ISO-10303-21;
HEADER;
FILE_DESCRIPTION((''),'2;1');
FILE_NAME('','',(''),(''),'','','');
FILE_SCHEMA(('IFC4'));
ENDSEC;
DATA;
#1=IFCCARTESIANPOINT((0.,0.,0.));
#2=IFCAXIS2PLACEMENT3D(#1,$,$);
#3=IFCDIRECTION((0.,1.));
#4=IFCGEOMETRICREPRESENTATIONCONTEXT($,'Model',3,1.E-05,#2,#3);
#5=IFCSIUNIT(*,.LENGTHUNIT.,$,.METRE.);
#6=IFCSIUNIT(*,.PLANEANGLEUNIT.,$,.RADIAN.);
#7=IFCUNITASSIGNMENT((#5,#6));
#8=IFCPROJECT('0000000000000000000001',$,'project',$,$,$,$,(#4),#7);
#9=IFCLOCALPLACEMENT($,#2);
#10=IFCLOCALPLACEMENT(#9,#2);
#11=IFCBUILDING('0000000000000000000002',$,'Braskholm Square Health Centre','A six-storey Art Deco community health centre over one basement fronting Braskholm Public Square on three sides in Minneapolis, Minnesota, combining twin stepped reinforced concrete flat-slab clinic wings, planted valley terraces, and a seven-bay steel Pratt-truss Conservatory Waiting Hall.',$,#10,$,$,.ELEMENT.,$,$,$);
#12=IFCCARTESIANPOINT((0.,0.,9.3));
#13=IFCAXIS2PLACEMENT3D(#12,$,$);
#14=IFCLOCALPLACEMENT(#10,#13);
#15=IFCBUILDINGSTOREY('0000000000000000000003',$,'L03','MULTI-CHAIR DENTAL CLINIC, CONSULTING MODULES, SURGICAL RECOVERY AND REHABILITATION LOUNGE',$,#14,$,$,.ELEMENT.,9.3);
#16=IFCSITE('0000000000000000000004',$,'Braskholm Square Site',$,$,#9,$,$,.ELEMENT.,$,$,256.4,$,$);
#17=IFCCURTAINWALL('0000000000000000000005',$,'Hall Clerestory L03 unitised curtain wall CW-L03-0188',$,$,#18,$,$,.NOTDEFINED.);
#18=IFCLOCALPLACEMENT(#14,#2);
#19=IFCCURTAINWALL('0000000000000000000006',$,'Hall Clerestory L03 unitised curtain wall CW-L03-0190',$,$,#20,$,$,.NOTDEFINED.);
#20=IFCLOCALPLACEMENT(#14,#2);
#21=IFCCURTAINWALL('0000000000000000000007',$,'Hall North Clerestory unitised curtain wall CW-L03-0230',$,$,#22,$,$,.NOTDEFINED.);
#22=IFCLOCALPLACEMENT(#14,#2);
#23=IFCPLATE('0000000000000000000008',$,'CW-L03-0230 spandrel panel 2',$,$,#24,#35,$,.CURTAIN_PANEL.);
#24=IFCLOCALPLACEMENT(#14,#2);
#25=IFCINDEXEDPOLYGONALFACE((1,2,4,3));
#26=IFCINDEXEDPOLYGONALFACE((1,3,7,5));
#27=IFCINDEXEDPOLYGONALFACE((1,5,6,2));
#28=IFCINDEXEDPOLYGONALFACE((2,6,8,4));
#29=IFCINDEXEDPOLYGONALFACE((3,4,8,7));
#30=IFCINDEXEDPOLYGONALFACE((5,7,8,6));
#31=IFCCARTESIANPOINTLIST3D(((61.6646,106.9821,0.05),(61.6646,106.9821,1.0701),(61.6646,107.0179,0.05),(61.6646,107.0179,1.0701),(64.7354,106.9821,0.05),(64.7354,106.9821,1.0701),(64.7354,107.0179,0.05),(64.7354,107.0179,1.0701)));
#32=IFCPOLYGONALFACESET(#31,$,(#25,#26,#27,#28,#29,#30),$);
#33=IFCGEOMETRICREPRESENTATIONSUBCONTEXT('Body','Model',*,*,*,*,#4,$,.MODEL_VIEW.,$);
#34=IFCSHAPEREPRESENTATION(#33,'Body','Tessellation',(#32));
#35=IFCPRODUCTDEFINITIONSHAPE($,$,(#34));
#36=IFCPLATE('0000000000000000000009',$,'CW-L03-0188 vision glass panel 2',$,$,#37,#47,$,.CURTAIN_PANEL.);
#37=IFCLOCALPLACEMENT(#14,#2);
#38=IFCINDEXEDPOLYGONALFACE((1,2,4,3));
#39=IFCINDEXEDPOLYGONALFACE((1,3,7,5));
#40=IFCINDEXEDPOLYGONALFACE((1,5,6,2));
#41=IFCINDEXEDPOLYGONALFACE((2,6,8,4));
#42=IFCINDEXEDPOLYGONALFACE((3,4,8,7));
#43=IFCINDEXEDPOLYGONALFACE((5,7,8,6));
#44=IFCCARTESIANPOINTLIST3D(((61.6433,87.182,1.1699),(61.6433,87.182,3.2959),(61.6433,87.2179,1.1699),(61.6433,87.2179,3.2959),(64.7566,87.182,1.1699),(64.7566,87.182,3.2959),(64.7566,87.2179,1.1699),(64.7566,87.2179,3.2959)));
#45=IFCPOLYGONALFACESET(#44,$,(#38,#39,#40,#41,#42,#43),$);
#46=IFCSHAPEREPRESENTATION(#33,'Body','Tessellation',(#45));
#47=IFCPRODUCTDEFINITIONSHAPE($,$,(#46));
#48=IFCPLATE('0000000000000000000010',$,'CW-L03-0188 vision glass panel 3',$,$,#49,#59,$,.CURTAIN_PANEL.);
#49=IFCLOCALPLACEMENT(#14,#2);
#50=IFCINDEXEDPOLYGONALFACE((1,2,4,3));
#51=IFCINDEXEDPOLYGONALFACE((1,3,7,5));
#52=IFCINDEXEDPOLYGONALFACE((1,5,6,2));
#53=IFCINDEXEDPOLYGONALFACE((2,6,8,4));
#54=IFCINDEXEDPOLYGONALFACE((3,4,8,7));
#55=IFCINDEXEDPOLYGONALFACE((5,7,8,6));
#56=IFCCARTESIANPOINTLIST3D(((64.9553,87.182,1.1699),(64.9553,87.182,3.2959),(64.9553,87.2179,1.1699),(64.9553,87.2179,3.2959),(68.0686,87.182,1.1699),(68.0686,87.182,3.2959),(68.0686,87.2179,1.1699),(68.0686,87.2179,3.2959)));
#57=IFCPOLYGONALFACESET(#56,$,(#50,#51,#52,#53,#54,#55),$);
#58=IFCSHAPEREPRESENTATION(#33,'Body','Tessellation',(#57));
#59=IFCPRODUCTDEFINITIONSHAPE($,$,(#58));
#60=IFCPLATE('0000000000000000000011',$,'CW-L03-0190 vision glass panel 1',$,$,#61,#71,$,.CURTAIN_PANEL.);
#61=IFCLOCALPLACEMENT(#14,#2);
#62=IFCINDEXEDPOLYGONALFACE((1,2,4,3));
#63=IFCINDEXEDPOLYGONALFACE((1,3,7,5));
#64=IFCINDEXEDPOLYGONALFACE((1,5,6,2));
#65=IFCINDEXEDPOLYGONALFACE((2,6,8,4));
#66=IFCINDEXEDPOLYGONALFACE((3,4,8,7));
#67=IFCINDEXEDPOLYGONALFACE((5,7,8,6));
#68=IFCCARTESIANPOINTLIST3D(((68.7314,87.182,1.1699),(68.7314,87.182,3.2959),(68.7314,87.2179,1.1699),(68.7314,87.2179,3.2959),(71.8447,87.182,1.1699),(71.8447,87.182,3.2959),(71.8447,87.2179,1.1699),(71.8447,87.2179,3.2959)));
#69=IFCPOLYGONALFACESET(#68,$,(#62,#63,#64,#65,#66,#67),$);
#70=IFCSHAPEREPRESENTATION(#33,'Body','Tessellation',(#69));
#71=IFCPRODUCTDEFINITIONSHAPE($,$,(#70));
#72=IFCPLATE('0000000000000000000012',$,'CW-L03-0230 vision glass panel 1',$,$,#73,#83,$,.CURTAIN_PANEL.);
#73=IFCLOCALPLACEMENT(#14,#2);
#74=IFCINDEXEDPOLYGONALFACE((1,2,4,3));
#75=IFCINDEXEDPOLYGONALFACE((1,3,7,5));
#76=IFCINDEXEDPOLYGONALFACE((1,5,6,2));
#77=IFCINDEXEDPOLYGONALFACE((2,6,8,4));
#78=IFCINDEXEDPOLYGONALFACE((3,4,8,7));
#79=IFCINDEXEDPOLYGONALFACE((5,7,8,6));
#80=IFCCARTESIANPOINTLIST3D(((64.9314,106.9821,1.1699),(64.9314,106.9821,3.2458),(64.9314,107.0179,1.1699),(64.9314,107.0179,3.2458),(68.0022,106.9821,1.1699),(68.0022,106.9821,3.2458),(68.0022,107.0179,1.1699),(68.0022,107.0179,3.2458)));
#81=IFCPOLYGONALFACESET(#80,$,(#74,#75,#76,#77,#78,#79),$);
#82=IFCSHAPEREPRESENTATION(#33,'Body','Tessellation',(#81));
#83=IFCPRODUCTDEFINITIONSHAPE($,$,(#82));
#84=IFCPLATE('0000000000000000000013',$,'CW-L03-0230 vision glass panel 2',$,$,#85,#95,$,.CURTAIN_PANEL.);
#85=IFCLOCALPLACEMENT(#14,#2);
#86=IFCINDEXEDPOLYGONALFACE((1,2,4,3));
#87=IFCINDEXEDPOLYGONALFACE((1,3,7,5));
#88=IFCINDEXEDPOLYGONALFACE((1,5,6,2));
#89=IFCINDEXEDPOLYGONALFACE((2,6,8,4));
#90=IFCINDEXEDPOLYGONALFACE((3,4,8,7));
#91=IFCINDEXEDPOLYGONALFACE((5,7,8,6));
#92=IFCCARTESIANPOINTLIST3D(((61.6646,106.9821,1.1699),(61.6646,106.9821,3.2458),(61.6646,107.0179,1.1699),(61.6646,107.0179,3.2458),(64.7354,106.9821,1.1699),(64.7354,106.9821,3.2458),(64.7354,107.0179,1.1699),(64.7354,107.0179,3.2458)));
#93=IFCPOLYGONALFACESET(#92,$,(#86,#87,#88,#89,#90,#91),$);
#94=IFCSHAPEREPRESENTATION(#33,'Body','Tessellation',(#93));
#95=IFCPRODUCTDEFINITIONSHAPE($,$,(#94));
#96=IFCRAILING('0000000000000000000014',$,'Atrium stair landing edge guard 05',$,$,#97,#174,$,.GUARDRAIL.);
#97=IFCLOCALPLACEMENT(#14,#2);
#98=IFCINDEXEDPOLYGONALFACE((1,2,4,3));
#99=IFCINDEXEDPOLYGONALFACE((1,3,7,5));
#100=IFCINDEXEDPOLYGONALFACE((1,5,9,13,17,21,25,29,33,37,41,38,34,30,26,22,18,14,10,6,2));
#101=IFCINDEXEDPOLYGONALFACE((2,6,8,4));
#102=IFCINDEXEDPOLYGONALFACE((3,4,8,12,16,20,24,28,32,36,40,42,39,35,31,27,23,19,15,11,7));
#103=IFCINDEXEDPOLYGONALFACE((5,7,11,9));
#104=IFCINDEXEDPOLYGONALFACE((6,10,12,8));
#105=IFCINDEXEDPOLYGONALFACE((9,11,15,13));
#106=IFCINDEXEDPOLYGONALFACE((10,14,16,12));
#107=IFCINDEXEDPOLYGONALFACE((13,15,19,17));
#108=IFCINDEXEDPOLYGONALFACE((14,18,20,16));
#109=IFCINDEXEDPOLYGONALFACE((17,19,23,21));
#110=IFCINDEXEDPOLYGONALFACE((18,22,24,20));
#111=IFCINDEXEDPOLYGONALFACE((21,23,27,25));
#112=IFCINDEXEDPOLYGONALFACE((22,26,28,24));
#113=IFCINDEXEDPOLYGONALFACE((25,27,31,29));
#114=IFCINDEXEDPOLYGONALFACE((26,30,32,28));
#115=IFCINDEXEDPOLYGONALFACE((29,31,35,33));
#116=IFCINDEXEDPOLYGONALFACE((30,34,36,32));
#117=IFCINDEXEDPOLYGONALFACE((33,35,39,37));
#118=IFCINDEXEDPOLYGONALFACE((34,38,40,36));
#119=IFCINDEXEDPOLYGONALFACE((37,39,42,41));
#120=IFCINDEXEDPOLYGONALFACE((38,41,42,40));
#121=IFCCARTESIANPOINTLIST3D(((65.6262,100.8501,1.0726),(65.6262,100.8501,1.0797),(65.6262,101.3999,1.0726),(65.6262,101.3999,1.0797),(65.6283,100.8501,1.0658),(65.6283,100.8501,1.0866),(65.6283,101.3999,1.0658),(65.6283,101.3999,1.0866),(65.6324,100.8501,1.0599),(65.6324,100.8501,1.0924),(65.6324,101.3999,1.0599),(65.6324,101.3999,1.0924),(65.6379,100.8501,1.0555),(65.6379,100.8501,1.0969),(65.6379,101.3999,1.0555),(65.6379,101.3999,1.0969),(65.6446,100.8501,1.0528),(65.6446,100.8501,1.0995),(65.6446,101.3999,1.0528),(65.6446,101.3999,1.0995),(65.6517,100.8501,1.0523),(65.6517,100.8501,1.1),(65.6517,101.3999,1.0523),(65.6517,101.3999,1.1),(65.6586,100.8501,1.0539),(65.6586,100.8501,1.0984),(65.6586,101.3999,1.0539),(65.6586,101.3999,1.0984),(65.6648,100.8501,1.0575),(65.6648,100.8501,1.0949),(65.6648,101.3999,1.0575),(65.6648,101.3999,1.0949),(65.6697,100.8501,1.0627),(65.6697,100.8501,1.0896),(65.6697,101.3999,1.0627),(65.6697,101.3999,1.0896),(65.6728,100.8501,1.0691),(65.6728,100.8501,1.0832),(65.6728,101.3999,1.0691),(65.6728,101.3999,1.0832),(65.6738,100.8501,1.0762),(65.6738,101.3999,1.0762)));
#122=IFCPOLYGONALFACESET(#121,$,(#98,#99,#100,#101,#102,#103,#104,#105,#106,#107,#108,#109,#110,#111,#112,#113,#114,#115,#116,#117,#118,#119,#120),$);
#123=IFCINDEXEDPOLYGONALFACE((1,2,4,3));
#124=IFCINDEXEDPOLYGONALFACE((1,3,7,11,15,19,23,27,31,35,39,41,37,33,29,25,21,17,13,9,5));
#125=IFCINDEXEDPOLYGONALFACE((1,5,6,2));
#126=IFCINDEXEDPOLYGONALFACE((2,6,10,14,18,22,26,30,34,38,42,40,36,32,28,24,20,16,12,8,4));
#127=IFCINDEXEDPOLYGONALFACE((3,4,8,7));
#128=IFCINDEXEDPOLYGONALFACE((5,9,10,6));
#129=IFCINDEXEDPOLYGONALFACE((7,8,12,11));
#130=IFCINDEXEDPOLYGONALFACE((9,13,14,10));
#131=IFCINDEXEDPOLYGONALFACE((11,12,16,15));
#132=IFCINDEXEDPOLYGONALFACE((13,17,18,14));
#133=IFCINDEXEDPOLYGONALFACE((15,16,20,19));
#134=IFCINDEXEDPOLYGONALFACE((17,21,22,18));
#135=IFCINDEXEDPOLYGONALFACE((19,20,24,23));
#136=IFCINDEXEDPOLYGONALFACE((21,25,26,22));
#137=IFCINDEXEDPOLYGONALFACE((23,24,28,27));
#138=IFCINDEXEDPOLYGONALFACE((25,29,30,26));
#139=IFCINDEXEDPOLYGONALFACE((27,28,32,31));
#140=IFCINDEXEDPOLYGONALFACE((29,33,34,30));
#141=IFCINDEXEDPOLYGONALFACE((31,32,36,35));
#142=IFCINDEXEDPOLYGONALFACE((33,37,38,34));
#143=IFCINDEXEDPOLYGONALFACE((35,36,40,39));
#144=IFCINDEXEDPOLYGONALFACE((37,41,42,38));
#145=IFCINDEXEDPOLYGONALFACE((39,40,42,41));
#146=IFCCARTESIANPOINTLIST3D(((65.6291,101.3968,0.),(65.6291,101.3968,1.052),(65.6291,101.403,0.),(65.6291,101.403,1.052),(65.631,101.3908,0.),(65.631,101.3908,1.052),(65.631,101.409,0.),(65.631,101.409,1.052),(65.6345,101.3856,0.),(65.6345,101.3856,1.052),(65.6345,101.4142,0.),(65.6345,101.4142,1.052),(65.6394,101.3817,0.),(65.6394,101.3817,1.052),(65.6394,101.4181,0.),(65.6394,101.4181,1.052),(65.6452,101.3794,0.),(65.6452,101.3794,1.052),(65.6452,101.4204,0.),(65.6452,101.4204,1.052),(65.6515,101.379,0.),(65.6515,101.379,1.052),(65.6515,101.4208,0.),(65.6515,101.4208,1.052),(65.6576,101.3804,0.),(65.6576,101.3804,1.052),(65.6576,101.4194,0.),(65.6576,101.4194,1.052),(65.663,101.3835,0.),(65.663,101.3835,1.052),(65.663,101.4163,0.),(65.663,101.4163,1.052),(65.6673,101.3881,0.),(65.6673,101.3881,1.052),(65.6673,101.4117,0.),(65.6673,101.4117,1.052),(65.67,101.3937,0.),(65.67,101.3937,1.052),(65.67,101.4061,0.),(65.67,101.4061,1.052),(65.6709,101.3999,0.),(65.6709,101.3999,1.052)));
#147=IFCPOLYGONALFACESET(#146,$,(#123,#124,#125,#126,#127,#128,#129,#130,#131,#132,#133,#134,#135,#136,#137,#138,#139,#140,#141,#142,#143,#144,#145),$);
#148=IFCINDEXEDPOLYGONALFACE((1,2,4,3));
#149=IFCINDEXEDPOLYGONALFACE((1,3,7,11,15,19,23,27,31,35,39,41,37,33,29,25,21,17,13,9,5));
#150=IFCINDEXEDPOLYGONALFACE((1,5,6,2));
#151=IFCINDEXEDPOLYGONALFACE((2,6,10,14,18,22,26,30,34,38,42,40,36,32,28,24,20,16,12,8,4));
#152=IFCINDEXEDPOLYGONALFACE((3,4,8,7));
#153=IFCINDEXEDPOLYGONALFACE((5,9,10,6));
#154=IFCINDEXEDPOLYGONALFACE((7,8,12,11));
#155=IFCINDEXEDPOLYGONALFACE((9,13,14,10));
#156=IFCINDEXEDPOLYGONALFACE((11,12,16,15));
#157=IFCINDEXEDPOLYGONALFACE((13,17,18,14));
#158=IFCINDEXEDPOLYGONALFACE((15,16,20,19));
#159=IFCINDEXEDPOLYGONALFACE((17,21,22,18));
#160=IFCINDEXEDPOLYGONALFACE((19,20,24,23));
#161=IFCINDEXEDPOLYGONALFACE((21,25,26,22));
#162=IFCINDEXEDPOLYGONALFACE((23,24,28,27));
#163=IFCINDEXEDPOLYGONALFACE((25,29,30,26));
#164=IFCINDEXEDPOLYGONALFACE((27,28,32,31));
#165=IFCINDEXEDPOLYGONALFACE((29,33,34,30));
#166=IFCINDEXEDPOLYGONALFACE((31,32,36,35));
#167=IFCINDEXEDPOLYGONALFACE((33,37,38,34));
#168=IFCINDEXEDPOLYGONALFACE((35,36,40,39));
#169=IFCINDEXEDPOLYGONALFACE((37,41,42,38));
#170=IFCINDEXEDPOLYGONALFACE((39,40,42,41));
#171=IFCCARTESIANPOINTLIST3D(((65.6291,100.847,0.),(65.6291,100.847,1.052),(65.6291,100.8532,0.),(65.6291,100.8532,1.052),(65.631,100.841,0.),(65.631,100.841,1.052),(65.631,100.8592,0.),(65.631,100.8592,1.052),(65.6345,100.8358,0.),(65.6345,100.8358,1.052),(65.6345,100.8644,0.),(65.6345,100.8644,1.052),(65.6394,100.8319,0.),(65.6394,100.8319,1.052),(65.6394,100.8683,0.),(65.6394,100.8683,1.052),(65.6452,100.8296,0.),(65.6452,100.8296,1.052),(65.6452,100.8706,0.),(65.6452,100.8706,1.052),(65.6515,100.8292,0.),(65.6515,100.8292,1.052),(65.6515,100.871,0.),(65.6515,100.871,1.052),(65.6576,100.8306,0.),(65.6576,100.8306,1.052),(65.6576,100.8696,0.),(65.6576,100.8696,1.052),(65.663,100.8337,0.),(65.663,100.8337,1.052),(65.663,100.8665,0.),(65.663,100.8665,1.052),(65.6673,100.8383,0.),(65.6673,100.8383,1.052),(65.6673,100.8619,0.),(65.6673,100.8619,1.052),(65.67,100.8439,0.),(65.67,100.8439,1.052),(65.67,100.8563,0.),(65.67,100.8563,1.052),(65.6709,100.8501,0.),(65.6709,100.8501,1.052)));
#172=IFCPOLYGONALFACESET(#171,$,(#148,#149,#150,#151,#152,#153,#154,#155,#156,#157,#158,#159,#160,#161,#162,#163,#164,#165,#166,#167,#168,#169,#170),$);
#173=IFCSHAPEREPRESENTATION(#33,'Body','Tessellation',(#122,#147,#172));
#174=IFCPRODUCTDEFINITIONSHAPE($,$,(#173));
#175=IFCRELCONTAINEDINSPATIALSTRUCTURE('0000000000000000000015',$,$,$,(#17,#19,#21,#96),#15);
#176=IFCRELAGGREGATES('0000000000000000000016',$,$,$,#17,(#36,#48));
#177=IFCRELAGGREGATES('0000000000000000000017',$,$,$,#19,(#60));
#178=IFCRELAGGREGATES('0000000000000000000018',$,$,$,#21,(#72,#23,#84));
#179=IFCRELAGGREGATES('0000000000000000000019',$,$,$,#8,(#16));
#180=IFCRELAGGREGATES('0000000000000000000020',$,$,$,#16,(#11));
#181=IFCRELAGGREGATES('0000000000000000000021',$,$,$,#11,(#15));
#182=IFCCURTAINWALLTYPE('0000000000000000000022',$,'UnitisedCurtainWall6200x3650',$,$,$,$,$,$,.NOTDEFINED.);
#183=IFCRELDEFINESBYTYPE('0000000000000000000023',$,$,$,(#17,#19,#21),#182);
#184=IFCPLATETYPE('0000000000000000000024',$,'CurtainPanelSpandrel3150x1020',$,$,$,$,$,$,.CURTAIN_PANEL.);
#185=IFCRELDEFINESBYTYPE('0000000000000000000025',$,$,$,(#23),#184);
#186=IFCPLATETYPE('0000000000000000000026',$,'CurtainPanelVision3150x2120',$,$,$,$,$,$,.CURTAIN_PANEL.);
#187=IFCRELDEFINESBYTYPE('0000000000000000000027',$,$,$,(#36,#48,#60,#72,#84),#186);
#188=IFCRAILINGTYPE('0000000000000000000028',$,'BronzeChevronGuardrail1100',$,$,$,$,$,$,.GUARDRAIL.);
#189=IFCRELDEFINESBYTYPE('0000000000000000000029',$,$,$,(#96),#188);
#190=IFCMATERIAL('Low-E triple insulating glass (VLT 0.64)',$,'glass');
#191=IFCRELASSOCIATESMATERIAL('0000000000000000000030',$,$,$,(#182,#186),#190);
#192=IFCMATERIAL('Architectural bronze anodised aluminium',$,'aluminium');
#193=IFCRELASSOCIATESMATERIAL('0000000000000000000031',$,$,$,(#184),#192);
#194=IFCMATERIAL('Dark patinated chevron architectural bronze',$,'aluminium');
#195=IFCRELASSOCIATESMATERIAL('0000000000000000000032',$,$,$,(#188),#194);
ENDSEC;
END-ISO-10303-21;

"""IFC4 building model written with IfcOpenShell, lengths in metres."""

from ifc_helpers import new_model, si_unit, direction, frame, origin, origin_2d, place, context, subcontext, project, spatial, rectangle, circle, extrude, material, type_object, element, aggregate, save


model = new_model("IFC4")

# Units and contexts
model_context = context("Model", 3, precision=1e-05, world=origin(), true_north=direction((0.0, 1.0)))
body_context = subcontext(model_context, "Body", "Model", "MODEL_VIEW")
ifc_project = project(units=[si_unit("LENGTHUNIT", "METRE"), si_unit("PLANEANGLEUNIT", "RADIAN")], contexts=[model_context])

# Site, building, storey
site_placement = place(None, origin())
site = spatial("IfcSite", under=ifc_project, at=site_placement, Name="Braskholm Square Site", CompositionType="ELEMENT", RefElevation=256.4)
building_placement = place(site_placement, origin())
building = spatial("IfcBuilding", under=site, at=building_placement, Name="Braskholm Square Health Centre", Description="A six-storey Art Deco community health centre over one basement fronting Braskholm Public Square on three sides in Minneapolis, Minnesota, combining twin stepped reinforced concrete flat-slab clinic wings, planted valley terraces, and a seven-bay steel Pratt-truss Conservatory Waiting Hall.", CompositionType="ELEMENT")
storey_placement = place(building_placement, frame((0.0, 0.0, 9.3)))
storey = spatial("IfcBuildingStorey", under=building, at=storey_placement, Name="L03", Description="MULTI-CHAIR DENTAL CLINIC, CONSULTING MODULES, SURGICAL RECOVERY AND REHABILITATION LOUNGE", CompositionType="ELEMENT", Elevation=9.3)

# Curtain walls
ifc_material_1 = material(Name="Low-E triple insulating glass (VLT 0.64)", Category="glass")
curtain_wall_type = type_object("IfcCurtainWallType", Name="UnitisedCurtainWall6200x3650", PredefinedType="NOTDEFINED", material=ifc_material_1)
curtain_wall_1_placement = place(storey_placement, origin())
curtain_wall_1 = element("IfcCurtainWall", 1, at=curtain_wall_1_placement, inside=storey, type_object=curtain_wall_type, Name="Hall Clerestory L03 unitised curtain wall CW-L03-0188", PredefinedType="NOTDEFINED")
ifc_material_2 = material(Name="Architectural bronze anodised aluminium", Category="aluminium")
curtain_wall_2_placement = place(storey_placement, origin())
curtain_wall_2 = element("IfcCurtainWall", 2, at=curtain_wall_2_placement, inside=storey, type_object=curtain_wall_type, Name="Hall Clerestory L03 unitised curtain wall CW-L03-0190", PredefinedType="NOTDEFINED")
curtain_wall_3_placement = place(storey_placement, origin())
curtain_wall_3 = element("IfcCurtainWall", 3, at=curtain_wall_3_placement, inside=storey, type_object=curtain_wall_type, Name="Hall North Clerestory unitised curtain wall CW-L03-0230", PredefinedType="NOTDEFINED")

# Plates
plate_type_1 = type_object("IfcPlateType", Name="CurtainPanelSpandrel3150x1020", PredefinedType="CURTAIN_PANEL", material=ifc_material_2)
plate_1_placement = place(storey_placement, frame((63.2, 107.0, 0.05), z_axis=(0.0, 0.0, 1.0), x_axis=(-1.0, 0.0, 0.0)))
plate_1 = element("IfcPlate", 4, at=plate_1_placement, type_object=plate_type_1, Name="CW-L03-0230 spandrel panel 2", PredefinedType="CURTAIN_PANEL", context=body_context, shape_type="SweptSolid", body=[
    extrude(rectangle(XDim=3.0708, YDim=0.0359, at=origin_2d()), origin(), (0.0, 0.0, 1.0), 1.02),
])
plate_type_2 = type_object("IfcPlateType", Name="CurtainPanelVision3150x2120", PredefinedType="CURTAIN_PANEL", material=ifc_material_1)
plate_2_placement = place(storey_placement, frame((63.2, 87.2, 1.1699), z_axis=(0.0, 0.0, 1.0), x_axis=(1.0, 0.0, 0.0)))
plate_2 = element("IfcPlate", 5, at=plate_2_placement, type_object=plate_type_2, Name="CW-L03-0188 vision glass panel 2", PredefinedType="CURTAIN_PANEL", context=body_context, shape_type="SweptSolid", body=[
    extrude(rectangle(XDim=3.1133, YDim=0.0359, at=origin_2d()), origin(), (0.0, 0.0, 1.0), 2.126),
])
plate_3_placement = place(storey_placement, frame((66.512, 87.2, 1.1699), z_axis=(0.0, 0.0, 1.0), x_axis=(1.0, 0.0, 0.0)))
plate_3 = element("IfcPlate", 6, at=plate_3_placement, type_object=plate_type_2, Name="CW-L03-0188 vision glass panel 3", PredefinedType="CURTAIN_PANEL", context=body_context, shape_type="SweptSolid", body=[
    extrude(rectangle(XDim=3.1133, YDim=0.0359, at=origin_2d()), origin(), (0.0, 0.0, 1.0), 2.126),
])
aggregate(curtain_wall_1, [plate_2, plate_3])
plate_4_placement = place(storey_placement, frame((70.2881, 87.2, 1.1699), z_axis=(0.0, 0.0, 1.0), x_axis=(1.0, 0.0, 0.0)))
plate_4 = element("IfcPlate", 7, at=plate_4_placement, type_object=plate_type_2, Name="CW-L03-0190 vision glass panel 1", PredefinedType="CURTAIN_PANEL", context=body_context, shape_type="SweptSolid", body=[
    extrude(rectangle(XDim=3.1133, YDim=0.0359, at=origin_2d()), origin(), (0.0, 0.0, 1.0), 2.126),
])
aggregate(curtain_wall_2, [plate_4])
plate_5_placement = place(storey_placement, frame((66.4668, 107.0, 1.1699), z_axis=(0.0, 0.0, 1.0), x_axis=(-1.0, 0.0, 0.0)))
plate_5 = element("IfcPlate", 8, at=plate_5_placement, type_object=plate_type_2, Name="CW-L03-0230 vision glass panel 1", PredefinedType="CURTAIN_PANEL", context=body_context, shape_type="SweptSolid", body=[
    extrude(rectangle(XDim=3.0708, YDim=0.0359, at=origin_2d()), origin(), (0.0, 0.0, 1.0), 2.0759),
])
plate_6_placement = place(storey_placement, frame((63.2, 107.0, 1.1699), z_axis=(0.0, 0.0, 1.0), x_axis=(-1.0, 0.0, 0.0)))
plate_6 = element("IfcPlate", 9, at=plate_6_placement, type_object=plate_type_2, Name="CW-L03-0230 vision glass panel 2", PredefinedType="CURTAIN_PANEL", context=body_context, shape_type="SweptSolid", body=[
    extrude(rectangle(XDim=3.0708, YDim=0.0359, at=origin_2d()), origin(), (0.0, 0.0, 1.0), 2.0759),
])
aggregate(curtain_wall_3, [plate_5, plate_1, plate_6])

# Railing
ifc_material_3 = material(Name="Dark patinated chevron architectural bronze", Category="aluminium")
railing_type = type_object("IfcRailingType", Name="BronzeChevronGuardrail1100", PredefinedType="GUARDRAIL", material=ifc_material_3)
railing_1_placement = place(storey_placement, frame((65.6499, 101.3999, 0.0)))
element("IfcRailing", 10, at=railing_1_placement, inside=storey, type_object=railing_type, Name="Atrium stair landing edge guard 05", PredefinedType="GUARDRAIL", context=body_context, shape_type="SweptSolid", body=[
    extrude(circle(Radius=0.0239, at=origin_2d()), frame((0.0, 0.0, 1.0762), z_axis=(0.0, -1.0, 0.0), x_axis=(1.0, 0.0, 0.0)), (0.0, 0.0, 1.0), 0.5498),
    extrude(circle(Radius=0.021, at=origin_2d()), origin(), (0.0, 0.0, 1.0), 1.052),
    extrude(circle(Radius=0.021, at=origin_2d()), frame((0.0, -0.5498, 0.0)), (0.0, 0.0, 1.0), 1.052),
])

save(model, "model.ifc")
